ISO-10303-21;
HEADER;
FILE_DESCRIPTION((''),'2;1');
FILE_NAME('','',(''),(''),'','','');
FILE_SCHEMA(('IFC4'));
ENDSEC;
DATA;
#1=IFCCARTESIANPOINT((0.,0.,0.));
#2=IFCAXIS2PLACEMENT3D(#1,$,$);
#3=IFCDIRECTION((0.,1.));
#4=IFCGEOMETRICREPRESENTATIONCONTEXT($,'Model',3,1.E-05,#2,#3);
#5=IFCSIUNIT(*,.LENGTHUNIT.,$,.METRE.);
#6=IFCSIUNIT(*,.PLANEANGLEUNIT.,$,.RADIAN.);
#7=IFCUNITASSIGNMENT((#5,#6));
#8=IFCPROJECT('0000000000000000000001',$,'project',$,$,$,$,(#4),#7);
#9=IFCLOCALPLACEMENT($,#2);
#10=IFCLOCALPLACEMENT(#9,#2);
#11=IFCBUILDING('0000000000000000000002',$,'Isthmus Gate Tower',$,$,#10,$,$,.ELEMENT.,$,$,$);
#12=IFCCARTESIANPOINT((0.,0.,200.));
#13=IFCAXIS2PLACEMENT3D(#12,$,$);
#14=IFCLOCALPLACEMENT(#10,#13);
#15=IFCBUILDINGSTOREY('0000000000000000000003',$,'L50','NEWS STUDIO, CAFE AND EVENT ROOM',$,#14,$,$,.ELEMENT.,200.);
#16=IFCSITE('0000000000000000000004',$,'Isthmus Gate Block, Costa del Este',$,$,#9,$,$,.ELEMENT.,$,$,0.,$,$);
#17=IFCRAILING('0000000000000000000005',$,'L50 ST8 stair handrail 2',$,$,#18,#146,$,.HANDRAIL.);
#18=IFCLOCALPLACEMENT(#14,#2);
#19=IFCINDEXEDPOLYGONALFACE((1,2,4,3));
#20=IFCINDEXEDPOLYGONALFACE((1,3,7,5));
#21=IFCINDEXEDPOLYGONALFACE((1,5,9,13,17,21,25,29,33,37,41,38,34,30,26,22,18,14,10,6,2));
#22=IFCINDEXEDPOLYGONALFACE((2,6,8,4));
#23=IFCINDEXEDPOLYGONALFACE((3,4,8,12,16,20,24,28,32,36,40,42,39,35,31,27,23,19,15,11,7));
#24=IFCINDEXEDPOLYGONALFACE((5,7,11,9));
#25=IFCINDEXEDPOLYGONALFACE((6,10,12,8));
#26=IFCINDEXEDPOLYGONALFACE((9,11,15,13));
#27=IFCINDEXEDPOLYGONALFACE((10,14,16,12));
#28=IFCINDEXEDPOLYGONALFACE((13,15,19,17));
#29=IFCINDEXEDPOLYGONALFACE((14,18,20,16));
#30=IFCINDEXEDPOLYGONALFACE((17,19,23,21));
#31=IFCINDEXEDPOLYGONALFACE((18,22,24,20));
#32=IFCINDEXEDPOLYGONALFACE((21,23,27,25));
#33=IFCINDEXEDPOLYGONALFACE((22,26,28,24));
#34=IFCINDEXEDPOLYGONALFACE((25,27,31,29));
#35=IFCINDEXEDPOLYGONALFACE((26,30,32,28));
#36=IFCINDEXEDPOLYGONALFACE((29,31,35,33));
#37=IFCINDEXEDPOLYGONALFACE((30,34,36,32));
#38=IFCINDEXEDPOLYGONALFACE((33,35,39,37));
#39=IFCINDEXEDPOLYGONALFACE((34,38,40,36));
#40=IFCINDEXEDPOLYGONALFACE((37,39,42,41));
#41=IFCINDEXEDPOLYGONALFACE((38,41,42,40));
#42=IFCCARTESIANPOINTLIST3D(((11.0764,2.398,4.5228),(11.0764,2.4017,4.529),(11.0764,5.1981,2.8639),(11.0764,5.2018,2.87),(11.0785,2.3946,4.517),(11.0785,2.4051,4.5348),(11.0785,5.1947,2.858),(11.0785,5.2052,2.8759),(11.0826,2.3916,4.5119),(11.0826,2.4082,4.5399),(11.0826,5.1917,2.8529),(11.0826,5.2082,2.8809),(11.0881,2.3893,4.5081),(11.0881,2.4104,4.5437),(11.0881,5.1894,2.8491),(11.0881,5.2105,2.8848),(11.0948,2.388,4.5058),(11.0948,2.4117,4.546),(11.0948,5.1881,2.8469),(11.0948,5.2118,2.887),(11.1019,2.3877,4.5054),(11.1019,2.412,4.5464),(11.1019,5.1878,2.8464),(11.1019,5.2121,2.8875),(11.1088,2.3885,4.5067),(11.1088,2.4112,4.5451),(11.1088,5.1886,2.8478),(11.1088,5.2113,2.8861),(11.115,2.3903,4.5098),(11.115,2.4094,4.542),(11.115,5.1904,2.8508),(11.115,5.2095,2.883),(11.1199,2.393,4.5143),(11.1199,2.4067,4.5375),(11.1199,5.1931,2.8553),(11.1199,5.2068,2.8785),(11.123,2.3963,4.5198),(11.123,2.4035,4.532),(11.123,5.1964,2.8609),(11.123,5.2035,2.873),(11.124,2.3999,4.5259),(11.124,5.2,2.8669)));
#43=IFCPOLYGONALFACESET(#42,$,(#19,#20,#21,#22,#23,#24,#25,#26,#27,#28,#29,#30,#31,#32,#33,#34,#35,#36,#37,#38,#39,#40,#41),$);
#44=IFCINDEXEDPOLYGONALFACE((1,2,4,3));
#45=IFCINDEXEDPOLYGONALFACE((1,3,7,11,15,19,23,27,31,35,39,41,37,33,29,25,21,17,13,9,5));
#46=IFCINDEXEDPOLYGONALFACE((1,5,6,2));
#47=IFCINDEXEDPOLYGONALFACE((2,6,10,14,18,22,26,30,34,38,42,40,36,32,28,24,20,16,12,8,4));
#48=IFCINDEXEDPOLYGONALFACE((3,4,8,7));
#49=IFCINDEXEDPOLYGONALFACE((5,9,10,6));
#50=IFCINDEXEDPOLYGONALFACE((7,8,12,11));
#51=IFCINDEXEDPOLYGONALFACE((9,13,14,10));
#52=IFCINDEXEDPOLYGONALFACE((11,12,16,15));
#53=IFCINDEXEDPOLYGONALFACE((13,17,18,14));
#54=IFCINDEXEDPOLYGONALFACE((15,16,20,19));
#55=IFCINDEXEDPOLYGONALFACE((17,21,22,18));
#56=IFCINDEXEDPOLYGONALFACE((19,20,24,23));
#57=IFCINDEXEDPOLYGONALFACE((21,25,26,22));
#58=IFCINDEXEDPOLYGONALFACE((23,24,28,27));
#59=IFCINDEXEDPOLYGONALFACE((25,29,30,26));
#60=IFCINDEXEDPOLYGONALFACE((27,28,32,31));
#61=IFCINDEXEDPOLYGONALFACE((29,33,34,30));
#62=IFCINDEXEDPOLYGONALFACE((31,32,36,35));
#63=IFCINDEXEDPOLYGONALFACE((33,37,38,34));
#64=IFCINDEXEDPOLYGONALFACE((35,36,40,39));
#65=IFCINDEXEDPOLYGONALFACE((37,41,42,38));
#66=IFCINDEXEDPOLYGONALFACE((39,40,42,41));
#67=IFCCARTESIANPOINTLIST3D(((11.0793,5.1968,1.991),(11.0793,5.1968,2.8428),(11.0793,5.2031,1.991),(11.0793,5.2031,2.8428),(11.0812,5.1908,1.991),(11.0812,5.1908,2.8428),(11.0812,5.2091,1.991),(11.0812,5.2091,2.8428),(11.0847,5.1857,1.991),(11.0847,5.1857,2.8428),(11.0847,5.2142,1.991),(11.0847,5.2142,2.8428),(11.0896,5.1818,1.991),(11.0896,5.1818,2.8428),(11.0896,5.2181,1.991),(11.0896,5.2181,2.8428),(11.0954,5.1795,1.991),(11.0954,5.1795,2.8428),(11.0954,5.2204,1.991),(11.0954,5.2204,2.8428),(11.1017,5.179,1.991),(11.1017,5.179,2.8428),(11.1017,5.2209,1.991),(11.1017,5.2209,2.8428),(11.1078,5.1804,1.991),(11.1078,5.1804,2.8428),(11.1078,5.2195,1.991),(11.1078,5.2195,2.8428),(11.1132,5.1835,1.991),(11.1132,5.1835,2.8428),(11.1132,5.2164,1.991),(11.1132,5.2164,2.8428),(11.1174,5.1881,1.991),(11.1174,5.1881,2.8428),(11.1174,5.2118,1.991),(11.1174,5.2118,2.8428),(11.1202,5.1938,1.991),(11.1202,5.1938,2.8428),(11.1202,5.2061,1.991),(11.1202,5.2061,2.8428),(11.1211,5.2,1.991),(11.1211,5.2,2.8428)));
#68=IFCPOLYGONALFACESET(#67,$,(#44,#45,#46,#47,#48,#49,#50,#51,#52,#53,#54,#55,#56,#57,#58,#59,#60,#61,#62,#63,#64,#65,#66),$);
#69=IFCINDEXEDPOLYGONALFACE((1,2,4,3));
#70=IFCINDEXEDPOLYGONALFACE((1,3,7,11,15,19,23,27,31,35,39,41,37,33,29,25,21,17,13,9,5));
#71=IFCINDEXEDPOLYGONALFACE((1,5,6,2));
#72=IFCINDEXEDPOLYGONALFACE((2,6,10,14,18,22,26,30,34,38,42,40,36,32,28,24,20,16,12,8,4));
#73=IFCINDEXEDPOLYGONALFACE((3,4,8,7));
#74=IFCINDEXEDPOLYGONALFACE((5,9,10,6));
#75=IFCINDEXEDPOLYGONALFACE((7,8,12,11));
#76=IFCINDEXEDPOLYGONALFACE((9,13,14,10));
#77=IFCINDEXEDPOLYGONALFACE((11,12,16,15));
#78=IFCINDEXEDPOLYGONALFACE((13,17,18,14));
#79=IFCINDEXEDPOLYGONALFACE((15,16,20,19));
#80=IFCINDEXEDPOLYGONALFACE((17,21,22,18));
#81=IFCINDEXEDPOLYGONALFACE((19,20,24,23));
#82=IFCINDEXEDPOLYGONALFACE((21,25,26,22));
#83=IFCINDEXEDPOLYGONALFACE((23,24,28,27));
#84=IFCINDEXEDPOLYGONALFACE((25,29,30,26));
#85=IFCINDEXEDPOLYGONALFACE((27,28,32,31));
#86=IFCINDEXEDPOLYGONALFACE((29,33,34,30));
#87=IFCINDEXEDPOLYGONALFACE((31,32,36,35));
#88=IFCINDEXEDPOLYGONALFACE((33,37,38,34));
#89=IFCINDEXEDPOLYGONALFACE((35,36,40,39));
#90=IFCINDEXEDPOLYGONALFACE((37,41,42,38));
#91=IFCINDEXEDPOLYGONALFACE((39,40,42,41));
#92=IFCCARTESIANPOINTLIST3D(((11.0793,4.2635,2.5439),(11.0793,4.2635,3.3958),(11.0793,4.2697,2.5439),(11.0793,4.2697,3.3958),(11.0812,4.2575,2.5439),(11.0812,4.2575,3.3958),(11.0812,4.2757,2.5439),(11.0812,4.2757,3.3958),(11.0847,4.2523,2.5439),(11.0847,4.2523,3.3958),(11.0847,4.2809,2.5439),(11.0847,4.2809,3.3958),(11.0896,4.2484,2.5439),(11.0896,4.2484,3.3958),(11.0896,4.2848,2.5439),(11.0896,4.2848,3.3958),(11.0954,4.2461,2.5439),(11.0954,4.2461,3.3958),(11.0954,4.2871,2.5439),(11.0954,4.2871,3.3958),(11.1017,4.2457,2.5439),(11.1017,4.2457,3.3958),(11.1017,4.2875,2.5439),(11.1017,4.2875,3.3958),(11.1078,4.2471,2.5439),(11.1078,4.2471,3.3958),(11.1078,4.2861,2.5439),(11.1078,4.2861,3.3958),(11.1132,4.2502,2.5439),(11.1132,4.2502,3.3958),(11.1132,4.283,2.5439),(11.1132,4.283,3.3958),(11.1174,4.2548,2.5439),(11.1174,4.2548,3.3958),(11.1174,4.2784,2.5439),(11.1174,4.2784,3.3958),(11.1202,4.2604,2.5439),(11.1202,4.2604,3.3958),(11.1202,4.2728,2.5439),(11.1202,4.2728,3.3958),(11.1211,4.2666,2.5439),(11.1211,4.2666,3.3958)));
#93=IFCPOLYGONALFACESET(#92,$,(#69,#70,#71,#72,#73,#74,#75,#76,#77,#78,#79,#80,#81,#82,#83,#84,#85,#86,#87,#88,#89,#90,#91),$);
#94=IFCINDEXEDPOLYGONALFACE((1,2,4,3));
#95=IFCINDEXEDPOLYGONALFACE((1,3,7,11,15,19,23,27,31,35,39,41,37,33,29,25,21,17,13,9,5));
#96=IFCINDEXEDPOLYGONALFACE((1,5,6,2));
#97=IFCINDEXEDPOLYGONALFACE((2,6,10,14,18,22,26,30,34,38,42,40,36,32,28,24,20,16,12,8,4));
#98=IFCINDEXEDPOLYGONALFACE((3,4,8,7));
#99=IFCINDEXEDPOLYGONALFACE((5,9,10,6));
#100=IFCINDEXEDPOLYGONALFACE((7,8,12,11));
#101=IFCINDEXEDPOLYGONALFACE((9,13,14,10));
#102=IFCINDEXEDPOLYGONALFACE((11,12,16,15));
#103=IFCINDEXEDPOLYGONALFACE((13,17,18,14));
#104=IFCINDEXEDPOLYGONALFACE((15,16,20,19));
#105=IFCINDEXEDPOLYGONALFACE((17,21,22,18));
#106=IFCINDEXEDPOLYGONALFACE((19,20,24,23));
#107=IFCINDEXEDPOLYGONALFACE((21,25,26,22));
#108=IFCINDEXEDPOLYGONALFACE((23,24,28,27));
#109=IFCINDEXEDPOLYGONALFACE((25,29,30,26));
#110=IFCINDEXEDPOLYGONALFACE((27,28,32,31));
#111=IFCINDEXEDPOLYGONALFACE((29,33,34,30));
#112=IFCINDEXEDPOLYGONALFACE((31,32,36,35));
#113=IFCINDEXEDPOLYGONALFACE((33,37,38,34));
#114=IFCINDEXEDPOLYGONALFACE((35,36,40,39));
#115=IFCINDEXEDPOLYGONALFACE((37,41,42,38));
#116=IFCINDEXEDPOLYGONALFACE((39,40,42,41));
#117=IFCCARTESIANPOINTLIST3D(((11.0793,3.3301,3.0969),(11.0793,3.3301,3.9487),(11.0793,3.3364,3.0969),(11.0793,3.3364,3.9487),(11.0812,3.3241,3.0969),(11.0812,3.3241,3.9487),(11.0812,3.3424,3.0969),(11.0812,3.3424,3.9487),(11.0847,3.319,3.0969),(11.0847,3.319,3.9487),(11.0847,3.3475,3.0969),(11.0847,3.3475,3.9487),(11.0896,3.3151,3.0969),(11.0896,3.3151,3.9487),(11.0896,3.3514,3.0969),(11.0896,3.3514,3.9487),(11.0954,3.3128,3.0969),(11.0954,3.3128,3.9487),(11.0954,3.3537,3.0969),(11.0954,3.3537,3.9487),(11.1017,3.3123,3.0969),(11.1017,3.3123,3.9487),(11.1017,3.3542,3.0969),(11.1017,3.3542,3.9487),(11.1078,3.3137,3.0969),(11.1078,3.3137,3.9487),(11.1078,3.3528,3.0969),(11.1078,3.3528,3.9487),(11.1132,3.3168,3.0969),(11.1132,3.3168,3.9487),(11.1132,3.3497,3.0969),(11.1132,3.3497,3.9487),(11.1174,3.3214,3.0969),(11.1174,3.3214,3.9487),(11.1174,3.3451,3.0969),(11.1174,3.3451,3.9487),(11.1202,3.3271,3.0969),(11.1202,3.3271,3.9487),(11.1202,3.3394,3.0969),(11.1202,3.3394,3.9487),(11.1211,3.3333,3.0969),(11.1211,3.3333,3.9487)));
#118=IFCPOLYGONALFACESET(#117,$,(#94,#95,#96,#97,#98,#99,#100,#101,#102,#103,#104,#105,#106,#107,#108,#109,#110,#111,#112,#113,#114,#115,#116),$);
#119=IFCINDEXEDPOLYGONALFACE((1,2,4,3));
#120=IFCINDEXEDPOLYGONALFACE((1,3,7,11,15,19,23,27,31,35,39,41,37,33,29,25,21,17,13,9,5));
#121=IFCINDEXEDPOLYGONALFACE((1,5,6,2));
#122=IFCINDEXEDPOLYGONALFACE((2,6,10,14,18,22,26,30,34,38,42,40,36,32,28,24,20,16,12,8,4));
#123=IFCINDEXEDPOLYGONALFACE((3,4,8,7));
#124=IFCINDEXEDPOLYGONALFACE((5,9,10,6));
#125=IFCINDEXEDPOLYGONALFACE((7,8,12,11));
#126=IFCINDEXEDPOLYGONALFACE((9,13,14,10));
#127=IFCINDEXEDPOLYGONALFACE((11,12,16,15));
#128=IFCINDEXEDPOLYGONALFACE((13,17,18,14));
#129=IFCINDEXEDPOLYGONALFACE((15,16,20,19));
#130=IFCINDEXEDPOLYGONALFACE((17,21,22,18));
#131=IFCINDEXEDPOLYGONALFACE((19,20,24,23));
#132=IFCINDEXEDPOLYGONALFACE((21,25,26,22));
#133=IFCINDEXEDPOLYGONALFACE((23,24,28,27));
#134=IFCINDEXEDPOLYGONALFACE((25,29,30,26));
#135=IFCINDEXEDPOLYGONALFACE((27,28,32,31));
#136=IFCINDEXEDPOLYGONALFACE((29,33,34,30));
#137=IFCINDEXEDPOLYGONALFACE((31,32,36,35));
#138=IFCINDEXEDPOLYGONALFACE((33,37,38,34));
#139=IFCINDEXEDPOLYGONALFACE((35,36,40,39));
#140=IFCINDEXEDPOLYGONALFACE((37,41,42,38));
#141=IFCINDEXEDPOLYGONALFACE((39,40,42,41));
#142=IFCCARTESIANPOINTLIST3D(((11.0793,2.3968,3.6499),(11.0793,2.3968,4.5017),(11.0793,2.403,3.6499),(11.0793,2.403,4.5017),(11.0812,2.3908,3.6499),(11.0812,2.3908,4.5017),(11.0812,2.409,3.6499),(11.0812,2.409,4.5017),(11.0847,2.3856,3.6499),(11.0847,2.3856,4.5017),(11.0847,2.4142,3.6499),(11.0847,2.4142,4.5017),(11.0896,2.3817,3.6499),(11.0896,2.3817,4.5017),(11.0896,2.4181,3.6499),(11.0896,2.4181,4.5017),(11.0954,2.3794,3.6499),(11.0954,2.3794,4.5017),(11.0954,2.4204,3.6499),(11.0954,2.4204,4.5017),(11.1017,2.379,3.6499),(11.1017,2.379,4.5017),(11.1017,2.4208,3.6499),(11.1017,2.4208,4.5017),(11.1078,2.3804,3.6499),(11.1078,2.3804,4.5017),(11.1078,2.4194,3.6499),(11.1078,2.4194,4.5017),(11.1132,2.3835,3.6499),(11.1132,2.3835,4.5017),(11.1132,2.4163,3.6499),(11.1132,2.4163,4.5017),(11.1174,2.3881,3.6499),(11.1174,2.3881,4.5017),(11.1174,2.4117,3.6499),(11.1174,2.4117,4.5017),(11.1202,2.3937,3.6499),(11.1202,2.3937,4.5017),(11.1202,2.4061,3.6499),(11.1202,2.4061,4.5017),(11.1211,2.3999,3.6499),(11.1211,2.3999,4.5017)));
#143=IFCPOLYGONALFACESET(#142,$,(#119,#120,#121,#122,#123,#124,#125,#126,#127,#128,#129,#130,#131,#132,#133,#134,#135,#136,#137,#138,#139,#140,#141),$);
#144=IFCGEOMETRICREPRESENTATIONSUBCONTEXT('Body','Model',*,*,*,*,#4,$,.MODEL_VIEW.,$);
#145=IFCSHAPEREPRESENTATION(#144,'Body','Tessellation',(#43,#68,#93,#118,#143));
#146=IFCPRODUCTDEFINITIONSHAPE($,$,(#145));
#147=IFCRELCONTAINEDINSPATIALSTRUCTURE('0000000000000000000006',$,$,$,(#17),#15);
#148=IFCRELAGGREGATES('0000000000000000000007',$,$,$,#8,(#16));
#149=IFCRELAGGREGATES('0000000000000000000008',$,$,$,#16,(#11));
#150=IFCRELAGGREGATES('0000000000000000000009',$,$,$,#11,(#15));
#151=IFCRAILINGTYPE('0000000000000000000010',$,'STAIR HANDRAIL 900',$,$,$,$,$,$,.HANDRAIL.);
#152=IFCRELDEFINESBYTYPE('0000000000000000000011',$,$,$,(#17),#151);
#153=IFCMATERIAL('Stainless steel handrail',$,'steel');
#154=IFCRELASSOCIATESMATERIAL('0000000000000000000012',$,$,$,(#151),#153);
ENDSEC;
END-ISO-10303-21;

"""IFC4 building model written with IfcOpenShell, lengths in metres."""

from ifc_helpers import new_model, si_unit, direction, frame, origin, origin_2d, place, context, subcontext, project, spatial, circle, extrude, material, type_object, element, save


model = new_model("IFC4")

# Units and contexts
model_context = context("Model", 3, precision=1e-05, world=origin(), true_north=direction((0.0, 1.0)))
body_context = subcontext(model_context, "Body", "Model", "MODEL_VIEW")
ifc_project = project(units=[si_unit("LENGTHUNIT", "METRE"), si_unit("PLANEANGLEUNIT", "RADIAN")], contexts=[model_context])

# Site, building, storey
site_placement = place(None, origin())
site = spatial("IfcSite", under=ifc_project, at=site_placement, Name="Isthmus Gate Block, Costa del Este", CompositionType="ELEMENT", RefElevation=0.0)
building_placement = place(site_placement, origin())
building = spatial("IfcBuilding", under=site, at=building_placement, Name="Isthmus Gate Tower", CompositionType="ELEMENT")
storey_placement = place(building_placement, frame((0.0, 0.0, 200.0)))
storey = spatial("IfcBuildingStorey", under=building, at=storey_placement, Name="L50", Description="NEWS STUDIO, CAFE AND EVENT ROOM", CompositionType="ELEMENT", Elevation=200.0)

# Railing
ifc_material_1 = material(Name="Stainless steel handrail", Category="steel")
railing_type_1 = type_object("IfcRailingType", Name="STAIR HANDRAIL 900", PredefinedType="HANDRAIL", material=ifc_material_1)
railing_1_placement = place(storey_placement, frame((11.1001, 5.2, 1.991)))
element("IfcRailing", 1, at=railing_1_placement, inside=storey, type_object=railing_type_1, Name="L50 ST8 stair handrail 2", PredefinedType="HANDRAIL", context=body_context, shape_type="SweptSolid", body=[
    extrude(circle(Radius=0.0239, at=origin_2d()), frame((0.0, 0.0, 0.876), z_axis=(0.0, -0.860339, 0.509722), x_axis=(1.0, 0.0, 0.0)), (0.0, 0.0, 1.0), 3.2546),
    extrude(circle(Radius=0.021, at=origin_2d()), origin(), (0.0, 0.0, 1.0), 0.8518),
    extrude(circle(Radius=0.021, at=origin_2d()), frame((0.0, -0.9333, 0.553)), (0.0, 0.0, 1.0), 0.8518),
    extrude(circle(Radius=0.021, at=origin_2d()), frame((0.0, -1.8667, 1.106)), (0.0, 0.0, 1.0), 0.8518),
    extrude(circle(Radius=0.021, at=origin_2d()), frame((0.0, -2.8, 1.6589)), (0.0, 0.0, 1.0), 0.8518),
])

save(model, "model.ifc")
